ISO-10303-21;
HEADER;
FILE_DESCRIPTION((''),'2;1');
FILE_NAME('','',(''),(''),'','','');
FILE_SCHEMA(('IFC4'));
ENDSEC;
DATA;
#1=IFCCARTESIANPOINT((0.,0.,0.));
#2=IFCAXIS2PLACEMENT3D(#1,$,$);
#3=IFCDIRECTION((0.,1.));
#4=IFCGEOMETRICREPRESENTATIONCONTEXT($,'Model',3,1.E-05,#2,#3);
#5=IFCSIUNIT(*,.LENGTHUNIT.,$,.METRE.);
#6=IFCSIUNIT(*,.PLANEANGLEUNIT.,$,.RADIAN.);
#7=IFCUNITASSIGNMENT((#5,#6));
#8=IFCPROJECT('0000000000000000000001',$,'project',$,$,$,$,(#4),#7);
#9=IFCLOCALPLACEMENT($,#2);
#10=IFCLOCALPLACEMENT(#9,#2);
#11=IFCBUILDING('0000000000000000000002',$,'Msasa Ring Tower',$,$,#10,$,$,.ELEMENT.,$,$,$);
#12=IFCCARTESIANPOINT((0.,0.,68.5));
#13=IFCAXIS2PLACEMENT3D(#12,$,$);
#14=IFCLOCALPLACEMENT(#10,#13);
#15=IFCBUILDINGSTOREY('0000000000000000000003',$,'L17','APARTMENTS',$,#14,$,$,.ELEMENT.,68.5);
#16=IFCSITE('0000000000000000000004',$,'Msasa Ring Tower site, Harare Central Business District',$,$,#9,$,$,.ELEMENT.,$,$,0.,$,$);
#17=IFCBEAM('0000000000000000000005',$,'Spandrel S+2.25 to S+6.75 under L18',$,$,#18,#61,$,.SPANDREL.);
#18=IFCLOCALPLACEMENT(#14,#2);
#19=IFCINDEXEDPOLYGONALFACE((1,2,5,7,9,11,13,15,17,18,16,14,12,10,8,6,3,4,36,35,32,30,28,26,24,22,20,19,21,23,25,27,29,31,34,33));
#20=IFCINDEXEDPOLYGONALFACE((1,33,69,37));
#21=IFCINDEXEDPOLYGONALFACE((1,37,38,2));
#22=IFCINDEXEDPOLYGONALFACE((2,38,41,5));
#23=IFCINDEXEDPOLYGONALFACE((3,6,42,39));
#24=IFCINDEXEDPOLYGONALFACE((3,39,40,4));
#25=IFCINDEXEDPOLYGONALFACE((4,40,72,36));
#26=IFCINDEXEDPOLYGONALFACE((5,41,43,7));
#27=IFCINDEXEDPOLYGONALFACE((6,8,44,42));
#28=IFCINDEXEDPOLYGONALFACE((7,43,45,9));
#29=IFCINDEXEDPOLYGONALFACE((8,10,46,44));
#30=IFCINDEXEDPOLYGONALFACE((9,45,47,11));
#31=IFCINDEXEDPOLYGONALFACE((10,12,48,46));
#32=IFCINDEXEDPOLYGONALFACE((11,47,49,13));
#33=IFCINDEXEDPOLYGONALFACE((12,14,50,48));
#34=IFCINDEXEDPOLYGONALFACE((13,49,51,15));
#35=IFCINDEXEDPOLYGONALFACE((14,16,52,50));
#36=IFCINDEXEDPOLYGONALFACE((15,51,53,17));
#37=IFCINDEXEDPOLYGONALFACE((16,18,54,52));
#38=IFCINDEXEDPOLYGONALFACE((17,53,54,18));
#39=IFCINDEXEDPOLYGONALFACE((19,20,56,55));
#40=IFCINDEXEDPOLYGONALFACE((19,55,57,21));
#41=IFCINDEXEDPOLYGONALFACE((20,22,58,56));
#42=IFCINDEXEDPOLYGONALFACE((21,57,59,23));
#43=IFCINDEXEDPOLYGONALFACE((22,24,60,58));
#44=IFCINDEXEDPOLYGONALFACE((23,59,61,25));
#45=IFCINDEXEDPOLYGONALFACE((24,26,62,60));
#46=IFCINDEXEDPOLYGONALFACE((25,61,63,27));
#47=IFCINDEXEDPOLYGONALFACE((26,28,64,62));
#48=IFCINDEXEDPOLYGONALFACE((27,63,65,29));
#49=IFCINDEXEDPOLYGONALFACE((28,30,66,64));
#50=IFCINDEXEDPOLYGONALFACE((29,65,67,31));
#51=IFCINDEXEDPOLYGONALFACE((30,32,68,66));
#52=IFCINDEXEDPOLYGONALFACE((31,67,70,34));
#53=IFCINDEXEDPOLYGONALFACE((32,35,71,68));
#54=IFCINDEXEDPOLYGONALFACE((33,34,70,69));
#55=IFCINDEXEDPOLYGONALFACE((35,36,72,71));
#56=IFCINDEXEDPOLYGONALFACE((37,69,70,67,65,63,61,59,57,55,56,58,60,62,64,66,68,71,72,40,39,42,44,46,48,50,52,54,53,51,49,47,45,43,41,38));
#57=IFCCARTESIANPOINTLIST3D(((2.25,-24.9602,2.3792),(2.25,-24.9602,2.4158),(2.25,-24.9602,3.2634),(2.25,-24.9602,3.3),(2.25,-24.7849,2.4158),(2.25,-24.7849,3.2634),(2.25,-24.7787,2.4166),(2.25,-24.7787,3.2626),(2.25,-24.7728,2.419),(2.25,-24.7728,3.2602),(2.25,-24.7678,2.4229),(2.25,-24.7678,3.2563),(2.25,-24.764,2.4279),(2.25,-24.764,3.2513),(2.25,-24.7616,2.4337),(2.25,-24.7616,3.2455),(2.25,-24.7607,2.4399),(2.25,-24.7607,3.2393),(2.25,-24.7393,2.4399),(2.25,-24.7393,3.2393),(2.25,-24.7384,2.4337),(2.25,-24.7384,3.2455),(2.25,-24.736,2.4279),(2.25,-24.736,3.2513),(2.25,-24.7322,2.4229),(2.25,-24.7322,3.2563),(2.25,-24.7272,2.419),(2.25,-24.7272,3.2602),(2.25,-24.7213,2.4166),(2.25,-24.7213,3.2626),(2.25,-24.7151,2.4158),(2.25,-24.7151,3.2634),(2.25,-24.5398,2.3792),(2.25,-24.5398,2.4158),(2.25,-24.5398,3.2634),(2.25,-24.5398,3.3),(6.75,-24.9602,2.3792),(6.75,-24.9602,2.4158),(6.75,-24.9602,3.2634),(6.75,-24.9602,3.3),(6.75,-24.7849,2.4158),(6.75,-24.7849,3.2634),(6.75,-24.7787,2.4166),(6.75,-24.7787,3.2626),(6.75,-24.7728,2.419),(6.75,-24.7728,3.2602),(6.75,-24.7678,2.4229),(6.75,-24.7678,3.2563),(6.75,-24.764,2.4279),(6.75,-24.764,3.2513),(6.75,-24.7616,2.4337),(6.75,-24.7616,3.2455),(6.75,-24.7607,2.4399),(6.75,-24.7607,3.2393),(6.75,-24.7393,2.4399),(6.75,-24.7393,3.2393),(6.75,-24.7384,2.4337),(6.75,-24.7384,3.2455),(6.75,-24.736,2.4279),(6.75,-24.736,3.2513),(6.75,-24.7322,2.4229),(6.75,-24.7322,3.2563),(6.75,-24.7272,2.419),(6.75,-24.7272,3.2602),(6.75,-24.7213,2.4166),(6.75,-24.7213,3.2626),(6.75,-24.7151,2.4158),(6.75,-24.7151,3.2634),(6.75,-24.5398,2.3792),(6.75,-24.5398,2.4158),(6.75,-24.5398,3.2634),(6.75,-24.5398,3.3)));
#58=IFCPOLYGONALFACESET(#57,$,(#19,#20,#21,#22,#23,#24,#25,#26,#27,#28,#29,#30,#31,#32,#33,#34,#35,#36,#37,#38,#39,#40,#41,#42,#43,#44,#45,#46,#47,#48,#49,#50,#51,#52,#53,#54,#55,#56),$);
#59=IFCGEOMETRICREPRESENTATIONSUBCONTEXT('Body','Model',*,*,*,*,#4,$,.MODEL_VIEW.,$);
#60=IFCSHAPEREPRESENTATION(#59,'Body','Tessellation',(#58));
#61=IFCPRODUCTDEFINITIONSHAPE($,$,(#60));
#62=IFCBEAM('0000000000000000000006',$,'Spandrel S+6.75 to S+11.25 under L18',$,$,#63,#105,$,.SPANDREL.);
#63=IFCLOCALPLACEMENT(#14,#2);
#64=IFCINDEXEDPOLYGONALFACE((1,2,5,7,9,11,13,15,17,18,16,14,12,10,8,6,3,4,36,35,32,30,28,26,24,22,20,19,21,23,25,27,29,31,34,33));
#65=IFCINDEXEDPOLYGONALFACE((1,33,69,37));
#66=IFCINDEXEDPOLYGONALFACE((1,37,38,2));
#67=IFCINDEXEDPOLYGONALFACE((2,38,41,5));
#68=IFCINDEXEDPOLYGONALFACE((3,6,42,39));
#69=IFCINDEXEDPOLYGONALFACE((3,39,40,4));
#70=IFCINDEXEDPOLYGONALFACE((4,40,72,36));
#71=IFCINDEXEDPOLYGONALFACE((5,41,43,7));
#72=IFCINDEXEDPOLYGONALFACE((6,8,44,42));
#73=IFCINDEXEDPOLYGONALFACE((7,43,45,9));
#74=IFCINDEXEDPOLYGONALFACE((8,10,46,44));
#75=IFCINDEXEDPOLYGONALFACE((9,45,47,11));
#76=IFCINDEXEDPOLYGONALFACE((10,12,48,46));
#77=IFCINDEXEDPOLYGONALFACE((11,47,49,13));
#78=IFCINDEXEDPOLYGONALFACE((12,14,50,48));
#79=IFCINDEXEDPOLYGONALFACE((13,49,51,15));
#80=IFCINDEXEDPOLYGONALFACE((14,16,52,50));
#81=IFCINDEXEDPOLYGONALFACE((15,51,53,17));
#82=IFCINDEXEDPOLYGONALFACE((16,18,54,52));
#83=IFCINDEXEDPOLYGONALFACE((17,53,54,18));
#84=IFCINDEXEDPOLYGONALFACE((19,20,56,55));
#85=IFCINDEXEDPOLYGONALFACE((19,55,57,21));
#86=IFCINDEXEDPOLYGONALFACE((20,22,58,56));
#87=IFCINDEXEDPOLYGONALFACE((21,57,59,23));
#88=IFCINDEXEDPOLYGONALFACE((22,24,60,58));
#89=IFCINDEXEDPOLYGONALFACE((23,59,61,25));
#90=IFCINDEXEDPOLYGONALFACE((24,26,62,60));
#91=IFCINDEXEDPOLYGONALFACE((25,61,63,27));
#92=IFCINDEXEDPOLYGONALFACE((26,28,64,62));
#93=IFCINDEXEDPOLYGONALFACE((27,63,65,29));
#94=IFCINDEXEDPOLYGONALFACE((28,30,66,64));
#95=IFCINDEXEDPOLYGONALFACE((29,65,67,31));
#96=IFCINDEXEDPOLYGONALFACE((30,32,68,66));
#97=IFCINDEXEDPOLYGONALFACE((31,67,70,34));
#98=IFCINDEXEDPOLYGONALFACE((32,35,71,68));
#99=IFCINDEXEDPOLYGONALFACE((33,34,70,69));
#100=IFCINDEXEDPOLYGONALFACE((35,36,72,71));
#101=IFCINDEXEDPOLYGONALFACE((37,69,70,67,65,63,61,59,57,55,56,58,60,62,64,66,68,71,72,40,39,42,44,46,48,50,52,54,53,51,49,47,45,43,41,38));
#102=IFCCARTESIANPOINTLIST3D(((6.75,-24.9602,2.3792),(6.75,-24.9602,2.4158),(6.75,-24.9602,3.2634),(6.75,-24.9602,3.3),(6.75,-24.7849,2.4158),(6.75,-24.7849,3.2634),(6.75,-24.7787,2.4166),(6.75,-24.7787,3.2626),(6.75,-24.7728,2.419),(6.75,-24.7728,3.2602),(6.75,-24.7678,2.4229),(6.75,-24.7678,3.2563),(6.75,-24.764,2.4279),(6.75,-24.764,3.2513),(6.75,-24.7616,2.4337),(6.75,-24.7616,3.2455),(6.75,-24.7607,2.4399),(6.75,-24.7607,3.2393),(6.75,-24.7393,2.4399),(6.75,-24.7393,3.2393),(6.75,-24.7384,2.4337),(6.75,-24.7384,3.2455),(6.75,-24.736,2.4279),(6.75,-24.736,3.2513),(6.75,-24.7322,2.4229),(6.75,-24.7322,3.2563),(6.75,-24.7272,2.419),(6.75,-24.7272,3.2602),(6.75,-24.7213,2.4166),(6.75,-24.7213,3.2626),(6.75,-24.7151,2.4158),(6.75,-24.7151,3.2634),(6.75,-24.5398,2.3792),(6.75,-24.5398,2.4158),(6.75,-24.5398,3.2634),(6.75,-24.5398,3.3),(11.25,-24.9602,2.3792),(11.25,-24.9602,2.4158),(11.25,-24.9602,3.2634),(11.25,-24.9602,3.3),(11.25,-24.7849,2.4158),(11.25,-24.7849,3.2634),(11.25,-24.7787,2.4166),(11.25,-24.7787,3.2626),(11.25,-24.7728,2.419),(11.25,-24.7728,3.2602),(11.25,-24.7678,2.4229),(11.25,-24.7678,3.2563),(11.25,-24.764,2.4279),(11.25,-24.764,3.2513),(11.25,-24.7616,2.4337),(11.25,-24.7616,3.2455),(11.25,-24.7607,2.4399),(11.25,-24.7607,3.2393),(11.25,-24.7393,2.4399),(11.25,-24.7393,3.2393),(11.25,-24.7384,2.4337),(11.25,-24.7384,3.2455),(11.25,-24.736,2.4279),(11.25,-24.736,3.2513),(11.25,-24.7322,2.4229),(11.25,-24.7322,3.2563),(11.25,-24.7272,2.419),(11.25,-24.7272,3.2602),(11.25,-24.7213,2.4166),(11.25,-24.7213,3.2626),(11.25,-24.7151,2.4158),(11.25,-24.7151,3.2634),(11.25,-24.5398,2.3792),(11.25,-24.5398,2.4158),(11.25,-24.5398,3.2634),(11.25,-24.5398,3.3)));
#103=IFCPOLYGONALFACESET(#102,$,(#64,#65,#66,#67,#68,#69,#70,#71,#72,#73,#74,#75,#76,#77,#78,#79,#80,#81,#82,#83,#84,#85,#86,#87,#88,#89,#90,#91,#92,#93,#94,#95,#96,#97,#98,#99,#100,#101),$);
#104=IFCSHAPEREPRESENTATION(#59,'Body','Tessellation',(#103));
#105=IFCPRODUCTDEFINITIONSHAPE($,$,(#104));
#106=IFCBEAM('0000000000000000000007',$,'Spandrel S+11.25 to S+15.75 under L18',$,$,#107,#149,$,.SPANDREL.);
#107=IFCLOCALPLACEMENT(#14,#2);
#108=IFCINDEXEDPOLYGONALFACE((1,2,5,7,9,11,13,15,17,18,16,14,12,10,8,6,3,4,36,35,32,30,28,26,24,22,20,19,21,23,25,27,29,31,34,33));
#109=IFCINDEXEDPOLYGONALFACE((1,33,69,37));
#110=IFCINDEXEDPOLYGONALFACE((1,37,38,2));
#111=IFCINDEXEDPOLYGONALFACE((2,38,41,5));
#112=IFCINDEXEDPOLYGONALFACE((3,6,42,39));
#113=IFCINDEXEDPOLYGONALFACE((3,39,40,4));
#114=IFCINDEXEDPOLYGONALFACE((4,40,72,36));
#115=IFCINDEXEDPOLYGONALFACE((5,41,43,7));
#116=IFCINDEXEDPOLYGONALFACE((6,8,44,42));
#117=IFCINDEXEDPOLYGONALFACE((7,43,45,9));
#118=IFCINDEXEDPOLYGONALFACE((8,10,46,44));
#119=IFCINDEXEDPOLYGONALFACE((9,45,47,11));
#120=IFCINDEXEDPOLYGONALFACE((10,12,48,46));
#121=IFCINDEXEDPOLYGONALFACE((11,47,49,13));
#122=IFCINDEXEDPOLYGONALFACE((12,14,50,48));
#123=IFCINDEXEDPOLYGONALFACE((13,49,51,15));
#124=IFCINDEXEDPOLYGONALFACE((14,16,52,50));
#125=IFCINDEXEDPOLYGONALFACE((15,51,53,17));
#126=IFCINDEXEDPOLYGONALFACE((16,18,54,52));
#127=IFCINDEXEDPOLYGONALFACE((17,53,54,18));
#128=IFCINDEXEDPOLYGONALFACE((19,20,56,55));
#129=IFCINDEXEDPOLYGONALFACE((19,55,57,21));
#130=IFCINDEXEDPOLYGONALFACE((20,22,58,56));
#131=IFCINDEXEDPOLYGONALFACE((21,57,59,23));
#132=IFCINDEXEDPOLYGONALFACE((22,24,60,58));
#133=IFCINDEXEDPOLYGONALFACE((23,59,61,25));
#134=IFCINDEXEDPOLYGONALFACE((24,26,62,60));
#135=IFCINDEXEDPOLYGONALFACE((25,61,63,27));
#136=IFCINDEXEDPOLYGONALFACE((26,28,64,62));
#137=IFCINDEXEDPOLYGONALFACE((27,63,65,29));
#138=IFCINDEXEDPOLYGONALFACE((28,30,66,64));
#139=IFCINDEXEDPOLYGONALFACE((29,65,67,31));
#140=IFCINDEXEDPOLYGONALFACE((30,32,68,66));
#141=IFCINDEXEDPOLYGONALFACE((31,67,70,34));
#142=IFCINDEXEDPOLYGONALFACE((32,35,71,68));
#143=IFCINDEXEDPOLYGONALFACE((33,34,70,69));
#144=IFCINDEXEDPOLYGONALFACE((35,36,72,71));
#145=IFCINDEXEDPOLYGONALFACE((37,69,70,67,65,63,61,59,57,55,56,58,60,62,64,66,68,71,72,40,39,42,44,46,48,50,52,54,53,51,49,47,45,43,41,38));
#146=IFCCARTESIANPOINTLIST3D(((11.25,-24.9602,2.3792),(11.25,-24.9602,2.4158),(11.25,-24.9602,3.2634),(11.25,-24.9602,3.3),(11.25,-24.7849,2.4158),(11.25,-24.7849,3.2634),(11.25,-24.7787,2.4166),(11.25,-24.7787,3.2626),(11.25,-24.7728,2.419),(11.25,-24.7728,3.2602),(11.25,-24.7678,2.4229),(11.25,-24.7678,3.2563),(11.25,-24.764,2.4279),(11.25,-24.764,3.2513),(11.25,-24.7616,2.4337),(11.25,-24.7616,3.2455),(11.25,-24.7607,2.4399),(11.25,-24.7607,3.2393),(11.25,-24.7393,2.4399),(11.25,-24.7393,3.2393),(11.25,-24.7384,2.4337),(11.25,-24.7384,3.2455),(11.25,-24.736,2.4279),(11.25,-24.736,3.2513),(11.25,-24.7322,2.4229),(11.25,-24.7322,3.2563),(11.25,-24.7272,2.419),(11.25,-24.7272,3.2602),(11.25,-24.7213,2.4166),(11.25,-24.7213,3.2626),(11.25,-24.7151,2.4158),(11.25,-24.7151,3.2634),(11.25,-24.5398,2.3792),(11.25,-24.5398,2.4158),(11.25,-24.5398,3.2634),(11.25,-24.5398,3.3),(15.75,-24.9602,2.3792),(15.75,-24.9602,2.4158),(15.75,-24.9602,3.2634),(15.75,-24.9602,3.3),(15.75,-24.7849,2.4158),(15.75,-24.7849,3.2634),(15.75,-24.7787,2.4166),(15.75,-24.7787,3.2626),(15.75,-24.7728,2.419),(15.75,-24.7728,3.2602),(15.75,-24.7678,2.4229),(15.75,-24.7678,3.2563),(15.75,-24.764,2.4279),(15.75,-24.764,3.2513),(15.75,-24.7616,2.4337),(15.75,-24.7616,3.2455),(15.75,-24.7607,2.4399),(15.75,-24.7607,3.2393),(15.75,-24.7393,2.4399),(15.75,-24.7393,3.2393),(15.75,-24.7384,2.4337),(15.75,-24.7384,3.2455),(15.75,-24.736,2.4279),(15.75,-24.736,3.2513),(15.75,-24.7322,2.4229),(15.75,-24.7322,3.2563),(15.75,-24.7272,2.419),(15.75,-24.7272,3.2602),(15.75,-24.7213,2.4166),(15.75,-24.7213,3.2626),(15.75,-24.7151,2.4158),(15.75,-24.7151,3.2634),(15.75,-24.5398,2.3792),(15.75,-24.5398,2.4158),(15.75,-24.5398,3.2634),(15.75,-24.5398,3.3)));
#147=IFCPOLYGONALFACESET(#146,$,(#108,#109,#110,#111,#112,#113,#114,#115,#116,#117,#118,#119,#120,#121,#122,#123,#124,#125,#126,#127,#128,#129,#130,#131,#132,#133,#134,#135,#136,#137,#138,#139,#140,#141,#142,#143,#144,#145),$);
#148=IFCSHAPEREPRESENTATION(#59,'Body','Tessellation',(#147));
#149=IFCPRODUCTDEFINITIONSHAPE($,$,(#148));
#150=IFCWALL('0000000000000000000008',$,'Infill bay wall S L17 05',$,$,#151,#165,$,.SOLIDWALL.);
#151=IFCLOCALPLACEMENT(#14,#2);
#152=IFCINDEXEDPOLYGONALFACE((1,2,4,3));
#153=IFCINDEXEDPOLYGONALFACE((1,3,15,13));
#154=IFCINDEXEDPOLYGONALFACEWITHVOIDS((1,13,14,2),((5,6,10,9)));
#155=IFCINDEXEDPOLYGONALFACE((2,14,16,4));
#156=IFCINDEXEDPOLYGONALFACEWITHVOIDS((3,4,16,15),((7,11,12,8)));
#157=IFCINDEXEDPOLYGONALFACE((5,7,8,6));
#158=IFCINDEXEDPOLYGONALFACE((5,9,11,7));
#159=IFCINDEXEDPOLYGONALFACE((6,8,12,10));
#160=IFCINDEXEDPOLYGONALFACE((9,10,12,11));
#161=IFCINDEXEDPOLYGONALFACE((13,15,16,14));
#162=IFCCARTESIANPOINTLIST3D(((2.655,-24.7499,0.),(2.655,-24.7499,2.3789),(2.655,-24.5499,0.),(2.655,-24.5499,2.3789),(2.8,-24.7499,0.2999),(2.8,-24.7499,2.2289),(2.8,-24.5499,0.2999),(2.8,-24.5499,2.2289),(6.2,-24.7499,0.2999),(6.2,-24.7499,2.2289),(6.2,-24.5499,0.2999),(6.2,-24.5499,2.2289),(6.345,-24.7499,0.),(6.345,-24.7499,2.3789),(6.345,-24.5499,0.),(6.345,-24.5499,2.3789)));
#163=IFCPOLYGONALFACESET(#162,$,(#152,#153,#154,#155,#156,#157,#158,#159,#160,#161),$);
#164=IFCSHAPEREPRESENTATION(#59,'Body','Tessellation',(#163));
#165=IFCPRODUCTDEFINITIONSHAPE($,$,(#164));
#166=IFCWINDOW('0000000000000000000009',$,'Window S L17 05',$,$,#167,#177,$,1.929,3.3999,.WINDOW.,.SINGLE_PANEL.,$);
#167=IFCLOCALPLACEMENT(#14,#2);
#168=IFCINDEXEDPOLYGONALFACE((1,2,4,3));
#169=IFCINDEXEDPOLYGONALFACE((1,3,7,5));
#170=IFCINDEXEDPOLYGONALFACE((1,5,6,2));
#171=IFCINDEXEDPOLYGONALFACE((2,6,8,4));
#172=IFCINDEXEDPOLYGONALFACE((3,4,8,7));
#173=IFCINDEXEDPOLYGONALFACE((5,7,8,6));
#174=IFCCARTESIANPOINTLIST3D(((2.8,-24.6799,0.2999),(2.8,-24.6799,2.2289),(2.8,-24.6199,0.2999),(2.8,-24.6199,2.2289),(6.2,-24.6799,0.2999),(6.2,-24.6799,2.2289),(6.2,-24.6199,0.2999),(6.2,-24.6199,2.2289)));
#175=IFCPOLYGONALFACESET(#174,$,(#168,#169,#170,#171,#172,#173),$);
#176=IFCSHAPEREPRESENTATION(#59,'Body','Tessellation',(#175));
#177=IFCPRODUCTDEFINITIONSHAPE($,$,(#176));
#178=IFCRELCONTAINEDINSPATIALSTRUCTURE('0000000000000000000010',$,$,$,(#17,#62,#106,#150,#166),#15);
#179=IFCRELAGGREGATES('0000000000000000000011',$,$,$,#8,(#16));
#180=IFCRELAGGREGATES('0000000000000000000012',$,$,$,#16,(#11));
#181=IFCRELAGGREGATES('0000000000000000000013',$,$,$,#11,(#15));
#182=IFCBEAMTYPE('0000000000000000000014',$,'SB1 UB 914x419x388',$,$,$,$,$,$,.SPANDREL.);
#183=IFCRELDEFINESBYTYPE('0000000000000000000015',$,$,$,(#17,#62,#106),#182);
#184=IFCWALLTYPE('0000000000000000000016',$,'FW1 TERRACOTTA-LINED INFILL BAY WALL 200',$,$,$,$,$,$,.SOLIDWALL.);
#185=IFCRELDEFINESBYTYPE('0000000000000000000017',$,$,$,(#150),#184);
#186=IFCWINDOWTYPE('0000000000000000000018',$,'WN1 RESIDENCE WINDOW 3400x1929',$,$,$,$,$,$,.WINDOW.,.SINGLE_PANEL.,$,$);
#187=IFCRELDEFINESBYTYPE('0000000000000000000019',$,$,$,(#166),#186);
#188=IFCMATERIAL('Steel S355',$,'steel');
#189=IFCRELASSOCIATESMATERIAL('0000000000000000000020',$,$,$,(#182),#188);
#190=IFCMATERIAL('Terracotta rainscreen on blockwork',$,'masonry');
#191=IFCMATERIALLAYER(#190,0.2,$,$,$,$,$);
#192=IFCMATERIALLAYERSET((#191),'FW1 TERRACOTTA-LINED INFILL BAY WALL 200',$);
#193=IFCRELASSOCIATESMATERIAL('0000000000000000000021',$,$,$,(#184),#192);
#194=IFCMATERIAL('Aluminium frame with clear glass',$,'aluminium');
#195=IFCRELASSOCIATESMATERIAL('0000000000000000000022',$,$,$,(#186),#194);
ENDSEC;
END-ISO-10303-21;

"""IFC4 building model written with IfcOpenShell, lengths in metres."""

from ifc_helpers import new_model, si_unit, direction, frame, frame_2d, origin, origin_2d, place, context, subcontext, project, spatial, rectangle, i_section, extrude, material, layer, layer_set, material_profile, profile_set, type_object, element, fill, save


model = new_model("IFC4")

# Units and contexts
model_context = context("Model", 3, precision=1e-05, world=origin(), true_north=direction((0.0, 1.0)))
body_context = subcontext(model_context, "Body", "Model", "MODEL_VIEW")
ifc_project = project(units=[si_unit("LENGTHUNIT", "METRE"), si_unit("PLANEANGLEUNIT", "RADIAN")], contexts=[model_context])

# Site, building, storey
site_placement = place(None, origin())
site = spatial("IfcSite", under=ifc_project, at=site_placement, Name="Msasa Ring Tower site, Harare Central Business District", CompositionType="ELEMENT", RefElevation=0.0)
building_placement = place(site_placement, origin())
building = spatial("IfcBuilding", under=site, at=building_placement, Name="Msasa Ring Tower", CompositionType="ELEMENT")
storey_placement = place(building_placement, frame((0.0, 0.0, 68.5)))
storey = spatial("IfcBuildingStorey", under=building, at=storey_placement, Name="L17", Description="APARTMENTS", CompositionType="ELEMENT", Elevation=68.5)

# Beams
ifc_material_1 = material(Name="Steel S355", Category="steel")
ifc_material_profile_1 = material_profile(ifc_material_1, i_section(OverallWidth=0.4204, OverallDepth=0.9209, WebThickness=0.0215, FlangeThickness=0.0366, FilletRadius=0.0242, at=origin_2d()), Name="UB 914x419x388")
ifc_profile_set_1 = profile_set([ifc_material_profile_1], Name="Steel S355")
beam_type_1 = type_object("IfcBeamType", Name="SB1 UB 914x419x388", PredefinedType="SPANDREL", material=ifc_profile_set_1)
for number, where, z_axis, x_axis, name in (
    (1, (2.25, -24.75, 2.8396), (1.0, 0.0, 0.0), (0.0, 1.0, 0.0), "Spandrel S+2.25 to S+6.75 under L18"),
    (2, (6.75, -24.75, 2.8396), (1.0, 0.0, 0.0), (0.0, 1.0, 0.0), "Spandrel S+6.75 to S+11.25 under L18"),
    (3, (11.25, -24.75, 2.8396), (1.0, 0.0, 0.0), (0.0, 1.0, 0.0), "Spandrel S+11.25 to S+15.75 under L18"),
):
    element("IfcBeam", number, at=place(storey_placement, frame(where, z_axis=z_axis, x_axis=x_axis)), inside=storey, type_object=beam_type_1, Name=name, PredefinedType="SPANDREL", context=body_context, shape_type="SweptSolid", body=[
        extrude(i_section(OverallWidth=0.4204, OverallDepth=0.9209, WebThickness=0.0215, FlangeThickness=0.0366, FilletRadius=0.0242, at=origin_2d()), origin(), (0.0, 0.0, 1.0), 4.5),
    ])

# Wall, opening, window
ifc_material_2 = material(Name="Terracotta rainscreen on blockwork", Category="masonry")
ifc_layer_1 = layer(ifc_material_2, 0.2)
ifc_layer_set_1 = layer_set([ifc_layer_1], Name="FW1 TERRACOTTA-LINED INFILL BAY WALL 200")
wall_type_1 = type_object("IfcWallType", Name="FW1 TERRACOTTA-LINED INFILL BAY WALL 200", PredefinedType="SOLIDWALL", material=ifc_layer_set_1)
wall_1_placement = place(storey_placement, frame((2.655, -24.6499, 0.0), z_axis=(0.0, 0.0, 1.0), x_axis=(1.0, 0.0, 0.0)))
wall_1 = element("IfcWall", 4, at=wall_1_placement, inside=storey, type_object=wall_type_1, Name="Infill bay wall S L17 05", PredefinedType="SOLIDWALL", context=body_context, shape_type="SweptSolid", body=[
    extrude(rectangle(XDim=3.6899, YDim=0.2, at=frame_2d((1.845, 0.0))), origin(), (0.0, 0.0, 1.0), 2.3789),
])
opening_1_placement = place(wall_1_placement, frame((0.145, 0.0, 0.3)))
opening_1 = element("IfcOpeningElement", 5, at=opening_1_placement, cuts=wall_1, PredefinedType="OPENING", context=body_context, shape_type="SweptSolid", body=[
    extrude(rectangle(XDim=3.3999, YDim=1.929, at=frame_2d((1.7, 0.9644))), frame((0.0, 0.1099, 0.0), z_axis=(0.0, -1.0, 0.0), x_axis=(1.0, 0.0, 0.0)), (0.0, 0.0, 1.0), 0.22),
])
ifc_material_3 = material(Name="Aluminium frame with clear glass", Category="aluminium")
window_type = type_object("IfcWindowType", Name="WN1 RESIDENCE WINDOW 3400x1929", PartitioningType="SINGLE_PANEL", PredefinedType="WINDOW", material=ifc_material_3)
window_1_placement = place(opening_1_placement, origin())
window_1 = element("IfcWindow", 6, at=window_1_placement, inside=storey, type_object=window_type, Name="Window S L17 05", OverallHeight=1.929, OverallWidth=3.3999, PartitioningType="SINGLE_PANEL", PredefinedType="WINDOW", context=body_context, shape_type="SweptSolid", body=[
    extrude(rectangle(XDim=3.3999, YDim=1.929, at=frame_2d((1.7, 0.9644))), frame((0.0, 0.03, 0.0), z_axis=(0.0, -1.0, 0.0), x_axis=(1.0, 0.0, 0.0)), (0.0, 0.0, 1.0), 0.0601),
])
fill(opening_1, window_1)

save(model, "model.ifc")
